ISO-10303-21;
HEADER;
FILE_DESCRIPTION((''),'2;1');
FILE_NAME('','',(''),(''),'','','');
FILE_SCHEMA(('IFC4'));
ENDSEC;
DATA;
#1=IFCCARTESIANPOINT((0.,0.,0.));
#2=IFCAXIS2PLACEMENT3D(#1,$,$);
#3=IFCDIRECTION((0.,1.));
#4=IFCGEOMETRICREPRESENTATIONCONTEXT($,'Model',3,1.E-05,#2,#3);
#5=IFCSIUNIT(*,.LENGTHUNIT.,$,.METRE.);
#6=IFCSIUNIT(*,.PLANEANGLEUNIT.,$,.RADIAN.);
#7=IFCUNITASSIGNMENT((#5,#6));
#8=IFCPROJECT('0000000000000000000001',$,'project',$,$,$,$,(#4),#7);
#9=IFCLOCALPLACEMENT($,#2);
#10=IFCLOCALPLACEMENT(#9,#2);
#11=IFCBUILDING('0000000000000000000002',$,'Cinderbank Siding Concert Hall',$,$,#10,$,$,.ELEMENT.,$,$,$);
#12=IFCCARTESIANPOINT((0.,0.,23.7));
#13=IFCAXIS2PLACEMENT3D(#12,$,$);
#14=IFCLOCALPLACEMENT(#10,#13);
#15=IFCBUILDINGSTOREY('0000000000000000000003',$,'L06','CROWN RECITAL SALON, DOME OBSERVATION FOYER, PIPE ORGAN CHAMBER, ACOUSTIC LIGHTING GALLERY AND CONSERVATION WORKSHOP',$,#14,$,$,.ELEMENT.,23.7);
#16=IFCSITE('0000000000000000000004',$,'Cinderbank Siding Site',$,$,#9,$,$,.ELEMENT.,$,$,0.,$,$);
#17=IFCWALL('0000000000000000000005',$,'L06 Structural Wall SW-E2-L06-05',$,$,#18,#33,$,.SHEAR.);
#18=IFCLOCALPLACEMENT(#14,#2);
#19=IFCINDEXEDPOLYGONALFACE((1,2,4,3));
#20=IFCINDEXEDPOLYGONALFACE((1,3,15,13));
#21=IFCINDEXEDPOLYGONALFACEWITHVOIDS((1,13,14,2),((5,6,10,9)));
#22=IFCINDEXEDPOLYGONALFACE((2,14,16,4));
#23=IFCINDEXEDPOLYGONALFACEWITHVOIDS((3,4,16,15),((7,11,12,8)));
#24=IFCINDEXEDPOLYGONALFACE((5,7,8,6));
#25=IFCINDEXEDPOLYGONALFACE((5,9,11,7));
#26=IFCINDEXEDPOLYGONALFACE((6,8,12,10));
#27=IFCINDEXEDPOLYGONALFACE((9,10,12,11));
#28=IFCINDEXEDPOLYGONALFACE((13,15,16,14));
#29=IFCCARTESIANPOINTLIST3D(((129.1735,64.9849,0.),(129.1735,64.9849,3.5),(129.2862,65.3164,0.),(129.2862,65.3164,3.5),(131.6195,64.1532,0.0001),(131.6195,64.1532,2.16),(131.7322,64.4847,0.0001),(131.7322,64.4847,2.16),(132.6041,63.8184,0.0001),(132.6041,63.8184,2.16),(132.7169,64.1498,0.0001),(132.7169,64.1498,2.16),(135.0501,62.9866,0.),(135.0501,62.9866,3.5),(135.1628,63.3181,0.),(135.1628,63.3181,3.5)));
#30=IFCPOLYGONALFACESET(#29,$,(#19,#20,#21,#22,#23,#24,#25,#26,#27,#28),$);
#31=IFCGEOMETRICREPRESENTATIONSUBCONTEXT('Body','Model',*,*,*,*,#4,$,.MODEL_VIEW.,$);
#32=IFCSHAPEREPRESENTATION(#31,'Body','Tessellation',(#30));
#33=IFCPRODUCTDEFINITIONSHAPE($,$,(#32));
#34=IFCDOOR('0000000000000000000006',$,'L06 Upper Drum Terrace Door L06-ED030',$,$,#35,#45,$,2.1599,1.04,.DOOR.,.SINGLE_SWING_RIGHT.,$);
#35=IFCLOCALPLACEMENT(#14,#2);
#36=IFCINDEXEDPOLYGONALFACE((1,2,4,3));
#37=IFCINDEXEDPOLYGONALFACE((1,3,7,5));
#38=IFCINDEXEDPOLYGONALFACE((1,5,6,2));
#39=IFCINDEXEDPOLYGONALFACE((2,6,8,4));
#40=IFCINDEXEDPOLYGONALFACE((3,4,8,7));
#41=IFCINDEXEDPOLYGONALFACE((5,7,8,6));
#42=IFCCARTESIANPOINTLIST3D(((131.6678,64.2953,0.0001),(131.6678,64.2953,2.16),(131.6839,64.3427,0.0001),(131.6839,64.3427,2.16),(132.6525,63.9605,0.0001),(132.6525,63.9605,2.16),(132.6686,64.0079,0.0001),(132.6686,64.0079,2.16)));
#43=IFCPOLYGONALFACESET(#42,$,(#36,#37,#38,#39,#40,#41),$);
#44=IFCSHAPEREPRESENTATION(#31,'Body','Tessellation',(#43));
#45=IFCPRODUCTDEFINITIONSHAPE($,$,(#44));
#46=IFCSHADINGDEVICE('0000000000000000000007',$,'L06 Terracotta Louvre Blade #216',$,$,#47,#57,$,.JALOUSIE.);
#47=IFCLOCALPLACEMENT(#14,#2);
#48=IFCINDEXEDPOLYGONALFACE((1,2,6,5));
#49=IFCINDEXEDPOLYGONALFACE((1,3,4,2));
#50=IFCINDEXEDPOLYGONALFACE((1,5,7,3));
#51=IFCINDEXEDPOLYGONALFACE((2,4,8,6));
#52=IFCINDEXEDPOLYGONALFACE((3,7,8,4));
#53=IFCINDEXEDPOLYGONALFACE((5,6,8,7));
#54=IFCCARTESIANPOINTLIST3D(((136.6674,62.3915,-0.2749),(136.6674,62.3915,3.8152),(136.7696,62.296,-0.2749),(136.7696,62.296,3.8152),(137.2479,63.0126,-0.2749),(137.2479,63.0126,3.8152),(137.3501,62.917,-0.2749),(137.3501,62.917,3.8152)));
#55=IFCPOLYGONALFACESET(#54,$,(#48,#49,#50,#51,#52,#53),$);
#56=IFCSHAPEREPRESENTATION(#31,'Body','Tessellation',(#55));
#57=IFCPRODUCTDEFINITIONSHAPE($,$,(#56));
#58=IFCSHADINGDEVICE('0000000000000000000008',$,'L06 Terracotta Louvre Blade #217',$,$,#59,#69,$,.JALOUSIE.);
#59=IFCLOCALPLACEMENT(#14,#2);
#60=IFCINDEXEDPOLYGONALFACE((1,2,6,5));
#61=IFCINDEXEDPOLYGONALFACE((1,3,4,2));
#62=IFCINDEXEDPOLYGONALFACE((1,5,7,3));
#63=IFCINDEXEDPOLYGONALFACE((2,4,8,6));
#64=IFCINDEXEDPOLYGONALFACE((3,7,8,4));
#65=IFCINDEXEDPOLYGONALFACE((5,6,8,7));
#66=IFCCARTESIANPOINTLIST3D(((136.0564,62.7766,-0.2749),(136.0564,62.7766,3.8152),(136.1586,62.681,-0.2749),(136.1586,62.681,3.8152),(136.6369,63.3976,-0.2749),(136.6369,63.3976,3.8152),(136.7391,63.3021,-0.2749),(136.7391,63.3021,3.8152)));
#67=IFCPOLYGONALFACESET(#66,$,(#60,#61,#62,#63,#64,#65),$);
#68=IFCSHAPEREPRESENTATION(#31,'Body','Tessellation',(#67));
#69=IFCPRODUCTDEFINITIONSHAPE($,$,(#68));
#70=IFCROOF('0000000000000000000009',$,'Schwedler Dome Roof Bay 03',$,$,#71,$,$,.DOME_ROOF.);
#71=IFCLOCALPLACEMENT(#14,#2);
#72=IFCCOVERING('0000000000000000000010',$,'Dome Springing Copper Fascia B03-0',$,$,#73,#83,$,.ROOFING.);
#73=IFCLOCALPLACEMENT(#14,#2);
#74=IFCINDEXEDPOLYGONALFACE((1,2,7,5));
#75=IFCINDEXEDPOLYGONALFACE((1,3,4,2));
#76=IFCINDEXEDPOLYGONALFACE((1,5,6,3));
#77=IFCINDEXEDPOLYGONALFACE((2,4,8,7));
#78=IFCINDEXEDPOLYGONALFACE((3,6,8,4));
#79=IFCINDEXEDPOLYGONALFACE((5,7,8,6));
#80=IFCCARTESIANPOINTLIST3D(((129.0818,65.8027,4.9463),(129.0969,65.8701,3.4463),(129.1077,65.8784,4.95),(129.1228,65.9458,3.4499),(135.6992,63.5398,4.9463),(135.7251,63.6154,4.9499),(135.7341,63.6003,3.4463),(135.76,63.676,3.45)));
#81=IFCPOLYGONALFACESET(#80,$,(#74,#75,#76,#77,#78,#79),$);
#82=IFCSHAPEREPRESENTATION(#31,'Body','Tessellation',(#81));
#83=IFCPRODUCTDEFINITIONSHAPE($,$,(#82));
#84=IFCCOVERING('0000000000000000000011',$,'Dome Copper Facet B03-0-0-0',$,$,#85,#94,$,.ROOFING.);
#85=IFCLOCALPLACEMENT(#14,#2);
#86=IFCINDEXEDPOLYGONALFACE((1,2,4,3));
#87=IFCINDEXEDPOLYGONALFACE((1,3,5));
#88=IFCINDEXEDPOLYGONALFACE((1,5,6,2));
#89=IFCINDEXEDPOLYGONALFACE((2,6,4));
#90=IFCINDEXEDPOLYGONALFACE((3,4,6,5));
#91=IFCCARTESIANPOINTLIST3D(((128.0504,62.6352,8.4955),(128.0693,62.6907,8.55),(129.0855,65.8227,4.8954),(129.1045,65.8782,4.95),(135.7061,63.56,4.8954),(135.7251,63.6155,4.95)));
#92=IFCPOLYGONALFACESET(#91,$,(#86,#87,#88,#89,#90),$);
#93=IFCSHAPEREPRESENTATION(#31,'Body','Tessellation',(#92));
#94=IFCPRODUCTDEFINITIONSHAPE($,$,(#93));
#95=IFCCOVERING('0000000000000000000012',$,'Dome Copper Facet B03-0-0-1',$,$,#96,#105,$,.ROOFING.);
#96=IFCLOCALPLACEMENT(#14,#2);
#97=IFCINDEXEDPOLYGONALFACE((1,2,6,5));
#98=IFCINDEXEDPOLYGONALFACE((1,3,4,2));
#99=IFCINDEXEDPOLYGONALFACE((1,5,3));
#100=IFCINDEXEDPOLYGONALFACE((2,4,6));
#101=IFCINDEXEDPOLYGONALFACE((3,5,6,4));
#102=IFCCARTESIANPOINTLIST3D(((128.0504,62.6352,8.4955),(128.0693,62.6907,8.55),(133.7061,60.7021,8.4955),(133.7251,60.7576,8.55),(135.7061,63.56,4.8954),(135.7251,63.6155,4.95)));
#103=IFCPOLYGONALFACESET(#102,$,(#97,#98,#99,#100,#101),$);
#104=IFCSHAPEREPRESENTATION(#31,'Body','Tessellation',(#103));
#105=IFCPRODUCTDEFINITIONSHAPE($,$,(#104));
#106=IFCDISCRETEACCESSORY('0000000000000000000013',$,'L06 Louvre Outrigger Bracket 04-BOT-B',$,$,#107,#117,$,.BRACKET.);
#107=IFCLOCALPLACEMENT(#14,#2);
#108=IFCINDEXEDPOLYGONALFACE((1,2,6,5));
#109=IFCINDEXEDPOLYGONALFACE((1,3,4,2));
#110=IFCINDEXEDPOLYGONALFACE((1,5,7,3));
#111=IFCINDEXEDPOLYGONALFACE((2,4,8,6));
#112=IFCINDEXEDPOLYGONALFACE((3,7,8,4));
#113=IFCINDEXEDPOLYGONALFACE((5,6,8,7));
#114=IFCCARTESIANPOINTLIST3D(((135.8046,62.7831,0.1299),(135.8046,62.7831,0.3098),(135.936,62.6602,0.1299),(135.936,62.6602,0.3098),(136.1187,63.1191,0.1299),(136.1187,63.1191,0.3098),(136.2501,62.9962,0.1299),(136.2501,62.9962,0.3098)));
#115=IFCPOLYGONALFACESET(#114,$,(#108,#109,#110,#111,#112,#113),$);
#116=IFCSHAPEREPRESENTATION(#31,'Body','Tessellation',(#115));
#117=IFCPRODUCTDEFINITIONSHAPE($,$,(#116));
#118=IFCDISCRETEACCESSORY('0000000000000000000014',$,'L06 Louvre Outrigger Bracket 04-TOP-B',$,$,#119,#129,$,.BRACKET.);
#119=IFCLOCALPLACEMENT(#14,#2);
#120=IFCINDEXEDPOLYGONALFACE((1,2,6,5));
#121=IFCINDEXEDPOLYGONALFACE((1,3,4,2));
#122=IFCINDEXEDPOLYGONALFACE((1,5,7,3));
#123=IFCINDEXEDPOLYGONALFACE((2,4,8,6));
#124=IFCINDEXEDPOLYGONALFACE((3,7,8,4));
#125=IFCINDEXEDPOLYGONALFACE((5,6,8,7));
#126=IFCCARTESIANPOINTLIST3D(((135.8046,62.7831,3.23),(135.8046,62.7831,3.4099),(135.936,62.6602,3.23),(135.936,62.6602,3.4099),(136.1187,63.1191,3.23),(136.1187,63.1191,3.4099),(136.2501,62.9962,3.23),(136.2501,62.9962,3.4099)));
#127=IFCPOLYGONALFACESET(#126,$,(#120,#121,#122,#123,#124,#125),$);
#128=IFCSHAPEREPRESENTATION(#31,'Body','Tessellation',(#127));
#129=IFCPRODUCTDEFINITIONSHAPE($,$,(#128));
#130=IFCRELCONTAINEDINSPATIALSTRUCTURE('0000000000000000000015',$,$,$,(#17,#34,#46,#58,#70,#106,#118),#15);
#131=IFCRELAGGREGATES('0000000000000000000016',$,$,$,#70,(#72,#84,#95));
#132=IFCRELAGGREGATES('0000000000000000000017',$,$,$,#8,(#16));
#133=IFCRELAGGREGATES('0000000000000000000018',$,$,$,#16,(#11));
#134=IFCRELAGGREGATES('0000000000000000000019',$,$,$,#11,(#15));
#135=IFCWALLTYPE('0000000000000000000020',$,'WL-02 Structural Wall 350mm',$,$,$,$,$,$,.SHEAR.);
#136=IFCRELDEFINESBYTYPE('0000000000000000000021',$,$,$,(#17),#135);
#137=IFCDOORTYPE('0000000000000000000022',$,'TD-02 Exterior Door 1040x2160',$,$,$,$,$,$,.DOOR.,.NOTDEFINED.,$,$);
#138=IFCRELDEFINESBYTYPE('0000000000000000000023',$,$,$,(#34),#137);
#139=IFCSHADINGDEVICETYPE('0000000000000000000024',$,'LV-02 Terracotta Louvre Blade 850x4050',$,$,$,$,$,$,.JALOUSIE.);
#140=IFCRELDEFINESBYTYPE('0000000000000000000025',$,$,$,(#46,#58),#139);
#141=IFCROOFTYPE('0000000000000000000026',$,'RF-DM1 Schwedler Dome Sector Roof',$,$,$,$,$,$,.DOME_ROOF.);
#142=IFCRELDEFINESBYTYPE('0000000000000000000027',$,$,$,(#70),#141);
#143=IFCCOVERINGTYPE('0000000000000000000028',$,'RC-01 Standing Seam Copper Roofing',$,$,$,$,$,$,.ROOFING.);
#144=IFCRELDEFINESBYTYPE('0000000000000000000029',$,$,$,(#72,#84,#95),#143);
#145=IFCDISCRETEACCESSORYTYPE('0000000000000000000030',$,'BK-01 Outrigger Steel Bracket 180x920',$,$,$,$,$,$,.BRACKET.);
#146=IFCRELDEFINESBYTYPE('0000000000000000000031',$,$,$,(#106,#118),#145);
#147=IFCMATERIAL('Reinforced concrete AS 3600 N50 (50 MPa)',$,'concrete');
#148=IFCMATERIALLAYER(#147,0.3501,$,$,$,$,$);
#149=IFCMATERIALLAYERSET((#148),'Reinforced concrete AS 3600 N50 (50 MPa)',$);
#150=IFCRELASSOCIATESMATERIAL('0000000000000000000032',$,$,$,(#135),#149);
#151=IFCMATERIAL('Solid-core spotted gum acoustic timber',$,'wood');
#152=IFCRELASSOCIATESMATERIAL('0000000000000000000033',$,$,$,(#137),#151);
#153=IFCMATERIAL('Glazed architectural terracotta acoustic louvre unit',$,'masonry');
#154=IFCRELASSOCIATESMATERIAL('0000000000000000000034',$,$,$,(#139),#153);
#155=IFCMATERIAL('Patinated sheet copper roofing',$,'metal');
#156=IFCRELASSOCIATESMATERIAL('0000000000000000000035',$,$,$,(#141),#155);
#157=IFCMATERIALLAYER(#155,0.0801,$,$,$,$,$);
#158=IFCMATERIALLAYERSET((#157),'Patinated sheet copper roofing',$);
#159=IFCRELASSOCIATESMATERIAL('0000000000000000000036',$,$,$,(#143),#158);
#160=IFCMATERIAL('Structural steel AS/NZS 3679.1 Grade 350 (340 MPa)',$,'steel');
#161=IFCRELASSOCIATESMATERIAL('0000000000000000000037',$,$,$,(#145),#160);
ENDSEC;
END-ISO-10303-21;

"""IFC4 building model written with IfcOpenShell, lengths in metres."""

from ifc_helpers import new_model, si_unit, direction, frame, frame_2d, origin, origin_2d, place, context, subcontext, project, spatial, polyline, rectangle, outline, extrude, material, layer, layer_set, type_object, element, fill, aggregate, save


model = new_model("IFC4")

# Units and contexts
model_context = context("Model", 3, precision=1e-05, world=origin(), true_north=direction((0.0, 1.0)))
body_context = subcontext(model_context, "Body", "Model", "MODEL_VIEW")
ifc_project = project(units=[si_unit("LENGTHUNIT", "METRE"), si_unit("PLANEANGLEUNIT", "RADIAN")], contexts=[model_context])

# Site, building, storey
site_placement = place(None, origin())
site = spatial("IfcSite", under=ifc_project, at=site_placement, Name="Cinderbank Siding Site", CompositionType="ELEMENT", RefElevation=0.0)
building_placement = place(site_placement, origin())
building = spatial("IfcBuilding", under=site, at=building_placement, Name="Cinderbank Siding Concert Hall", CompositionType="ELEMENT")
storey_placement = place(building_placement, frame((0.0, 0.0, 23.7)))
storey = spatial("IfcBuildingStorey", under=building, at=storey_placement, Name="L06", Description="CROWN RECITAL SALON, DOME OBSERVATION FOYER, PIPE ORGAN CHAMBER, ACOUSTIC LIGHTING GALLERY AND CONSERVATION WORKSHOP", CompositionType="ELEMENT", Elevation=23.7)

# Shared definitions
ifc_material_1 = material(Name="Reinforced concrete AS 3600 N50 (50 MPa)", Category="concrete")

# Wall, opening, door
ifc_layer_1 = layer(ifc_material_1, 0.3501)
ifc_layer_set_1 = layer_set([ifc_layer_1], Name="Reinforced concrete AS 3600 N50 (50 MPa)")
wall_type = type_object("IfcWallType", Name="WL-02 Structural Wall 350mm", PredefinedType="SHEAR", material=ifc_layer_set_1)
wall_placement = place(storey_placement, frame((135.1064, 63.1523, 0.0), z_axis=(0.0, 0.0, 1.0), x_axis=(-0.946758, 0.321945, 0.0)))
wall = element("IfcWall", 1, at=wall_placement, inside=storey, type_object=wall_type, Name="L06 Structural Wall SW-E2-L06-05", PredefinedType="SHEAR", context=body_context, shape_type="SweptSolid", body=[
    extrude(rectangle(XDim=6.207, YDim=0.3501, at=frame_2d((3.1035, 0.0))), origin(), (0.0, 0.0, 1.0), 3.5),
])
opening_placement = place(wall_placement, frame((2.5835, 0.0, 0.0)))
opening = element("IfcOpeningElement", 2, at=opening_placement, cuts=wall, PredefinedType="OPENING", context=body_context, shape_type="SweptSolid", body=[
    extrude(rectangle(XDim=1.04, YDim=2.1599, at=frame_2d((0.52, 1.0801))), frame((0.0, 0.187, 0.0), z_axis=(0.0, -1.0, 0.0), x_axis=(1.0, 0.0, 0.0)), (0.0, 0.0, 1.0), 0.374),
])
ifc_material_2 = material(Name="Solid-core spotted gum acoustic timber", Category="wood")
door_type = type_object("IfcDoorType", Name="TD-02 Exterior Door 1040x2160", OperationType="NOTDEFINED", PredefinedType="DOOR", material=ifc_material_2)
door_placement = place(opening_placement, origin())
door = element("IfcDoor", 3, at=door_placement, inside=storey, type_object=door_type, Name="L06 Upper Drum Terrace Door L06-ED030", OperationType="SINGLE_SWING_RIGHT", OverallHeight=2.1599, OverallWidth=1.04, PredefinedType="DOOR", context=body_context, shape_type="SweptSolid", body=[
    extrude(rectangle(XDim=1.04, YDim=2.1599, at=frame_2d((0.52, 1.0801))), frame((0.0, 0.0249, 0.0), z_axis=(0.0, -1.0, 0.0), x_axis=(1.0, 0.0, 0.0)), (0.0, 0.0, 1.0), 0.05),
])
fill(opening, door)

# Shared definitions
ifc_material_3 = material(Name="Structural steel AS/NZS 3679.1 Grade 350 (340 MPa)", Category="steel")

# Shading devices
ifc_material_4 = material(Name="Glazed architectural terracotta acoustic louvre unit", Category="masonry")
shading_device_type = type_object("IfcShadingDeviceType", Name="LV-02 Terracotta Louvre Blade 850x4050", PredefinedType="JALOUSIE", material=ifc_material_4)
for number, where, z_axis, x_axis, name in (
    (4, (137.0088, 62.6543, -0.2749), (0.0, 0.0, 1.0), (0.682869, 0.730541, 0.0), "L06 Terracotta Louvre Blade #216"),
    (5, (136.3977, 63.0393, -0.2749), (0.0, 0.0, 1.0), (0.682869, 0.730541, 0.0), "L06 Terracotta Louvre Blade #217"),
):
    element("IfcShadingDevice", number, at=place(storey_placement, frame(where, z_axis=z_axis, x_axis=x_axis)), inside=storey, type_object=shading_device_type, Name=name, PredefinedType="JALOUSIE", context=body_context, shape_type="SweptSolid", body=[
        extrude(rectangle(XDim=0.8501, YDim=0.1399, at=origin_2d()), origin(), (0.0, 0.0, 1.0), 4.0901),
    ])

# Roof, coverings
ifc_material_5 = material(Name="Patinated sheet copper roofing", Category="metal")
roof_type = type_object("IfcRoofType", Name="RF-DM1 Schwedler Dome Sector Roof", PredefinedType="DOME_ROOF", material=ifc_material_5)
roof_placement = place(storey_placement, origin())
roof = element("IfcRoof", 6, at=roof_placement, inside=storey, type_object=roof_type, Name="Schwedler Dome Roof Bay 03", PredefinedType="DOME_ROOF")
ifc_layer_2 = layer(ifc_material_5, 0.0801)
ifc_layer_set_2 = layer_set([ifc_layer_2], Name="Patinated sheet copper roofing")
covering_type = type_object("IfcCoveringType", Name="RC-01 Standing Seam Copper Roofing", PredefinedType="ROOFING", material=ifc_layer_set_2)
covering_1_placement = place(storey_placement, frame((135.76, 63.676, 3.45), z_axis=(0.323237, 0.945214, 0.0457), x_axis=(-0.946203, 0.323575, 0.0)))
covering_1 = element("IfcCovering", 7, at=covering_1_placement, type_object=covering_type, Name="Dome Springing Copper Fascia B03-0", PredefinedType="ROOFING", context=body_context, shape_type="SweptSolid", body=[
    extrude(outline(polyline([(0.0, 0.0), (7.0146, 0.0), (7.0071, 1.5016), (0.0134, 1.5016), (0.0, 0.0)])), origin(), (0.0, 0.0, -1.0), 0.0801),
])
covering_2_placement = place(storey_placement, frame((135.7251, 63.6155, 4.95), z_axis=(0.236722, 0.692644, 0.681328), x_axis=(-0.946262, 0.3234, 0.0)))
covering_2 = element("IfcCovering", 8, at=covering_2_placement, type_object=covering_type, Name="Dome Copper Facet B03-0-0-0", PredefinedType="ROOFING", context=body_context, shape_type="SweptSolid", body=[
    extrude(outline(polyline([(0.0, 0.0), (6.9966, 0.0), (6.9453, 4.9183), (0.0, 0.0)])), origin(), (0.0, 0.0, -1.0), 0.0801),
])
covering_3_placement = place(storey_placement, frame((135.7251, 63.6155, 4.95), z_axis=(0.236734, 0.692621, 0.681347), x_axis=(-0.899579, -0.108668, 0.423024)))
covering_3 = element("IfcCovering", 9, at=covering_3_placement, type_object=covering_type, Name="Dome Copper Facet B03-0-0-1", PredefinedType="ROOFING", context=body_context, shape_type="SweptSolid", body=[
    extrude(outline(polyline([(0.0, 0.0), (8.5104, 0.0), (3.6326, 3.4543), (0.0, 0.0)])), origin(), (0.0, 0.0, -1.0), 0.0801),
])
aggregate(roof, [covering_1, covering_2, covering_3])

# Discrete accessories
discrete_accessory_type = type_object("IfcDiscreteAccessoryType", Name="BK-01 Outrigger Steel Bracket 180x920", PredefinedType="BRACKET", material=ifc_material_3)
for number, where, z_axis, x_axis, name in (
    (10, (136.0273, 62.8896, 0.1299), (0.0, 0.0, 1.0), (0.682869, 0.730541, 0.0), "L06 Louvre Outrigger Bracket 04-BOT-B"),
    (11, (136.0273, 62.8896, 3.23), (0.0, 0.0, 1.0), (0.682869, 0.730541, 0.0), "L06 Louvre Outrigger Bracket 04-TOP-B"),
):
    element("IfcDiscreteAccessory", number, at=place(storey_placement, frame(where, z_axis=z_axis, x_axis=x_axis)), inside=storey, type_object=discrete_accessory_type, Name=name, PredefinedType="BRACKET", context=body_context, shape_type="SweptSolid", body=[
        extrude(rectangle(XDim=0.46, YDim=0.1799, at=origin_2d()), origin(), (0.0, 0.0, 1.0), 0.1799),
    ])

save(model, "model.ifc")
